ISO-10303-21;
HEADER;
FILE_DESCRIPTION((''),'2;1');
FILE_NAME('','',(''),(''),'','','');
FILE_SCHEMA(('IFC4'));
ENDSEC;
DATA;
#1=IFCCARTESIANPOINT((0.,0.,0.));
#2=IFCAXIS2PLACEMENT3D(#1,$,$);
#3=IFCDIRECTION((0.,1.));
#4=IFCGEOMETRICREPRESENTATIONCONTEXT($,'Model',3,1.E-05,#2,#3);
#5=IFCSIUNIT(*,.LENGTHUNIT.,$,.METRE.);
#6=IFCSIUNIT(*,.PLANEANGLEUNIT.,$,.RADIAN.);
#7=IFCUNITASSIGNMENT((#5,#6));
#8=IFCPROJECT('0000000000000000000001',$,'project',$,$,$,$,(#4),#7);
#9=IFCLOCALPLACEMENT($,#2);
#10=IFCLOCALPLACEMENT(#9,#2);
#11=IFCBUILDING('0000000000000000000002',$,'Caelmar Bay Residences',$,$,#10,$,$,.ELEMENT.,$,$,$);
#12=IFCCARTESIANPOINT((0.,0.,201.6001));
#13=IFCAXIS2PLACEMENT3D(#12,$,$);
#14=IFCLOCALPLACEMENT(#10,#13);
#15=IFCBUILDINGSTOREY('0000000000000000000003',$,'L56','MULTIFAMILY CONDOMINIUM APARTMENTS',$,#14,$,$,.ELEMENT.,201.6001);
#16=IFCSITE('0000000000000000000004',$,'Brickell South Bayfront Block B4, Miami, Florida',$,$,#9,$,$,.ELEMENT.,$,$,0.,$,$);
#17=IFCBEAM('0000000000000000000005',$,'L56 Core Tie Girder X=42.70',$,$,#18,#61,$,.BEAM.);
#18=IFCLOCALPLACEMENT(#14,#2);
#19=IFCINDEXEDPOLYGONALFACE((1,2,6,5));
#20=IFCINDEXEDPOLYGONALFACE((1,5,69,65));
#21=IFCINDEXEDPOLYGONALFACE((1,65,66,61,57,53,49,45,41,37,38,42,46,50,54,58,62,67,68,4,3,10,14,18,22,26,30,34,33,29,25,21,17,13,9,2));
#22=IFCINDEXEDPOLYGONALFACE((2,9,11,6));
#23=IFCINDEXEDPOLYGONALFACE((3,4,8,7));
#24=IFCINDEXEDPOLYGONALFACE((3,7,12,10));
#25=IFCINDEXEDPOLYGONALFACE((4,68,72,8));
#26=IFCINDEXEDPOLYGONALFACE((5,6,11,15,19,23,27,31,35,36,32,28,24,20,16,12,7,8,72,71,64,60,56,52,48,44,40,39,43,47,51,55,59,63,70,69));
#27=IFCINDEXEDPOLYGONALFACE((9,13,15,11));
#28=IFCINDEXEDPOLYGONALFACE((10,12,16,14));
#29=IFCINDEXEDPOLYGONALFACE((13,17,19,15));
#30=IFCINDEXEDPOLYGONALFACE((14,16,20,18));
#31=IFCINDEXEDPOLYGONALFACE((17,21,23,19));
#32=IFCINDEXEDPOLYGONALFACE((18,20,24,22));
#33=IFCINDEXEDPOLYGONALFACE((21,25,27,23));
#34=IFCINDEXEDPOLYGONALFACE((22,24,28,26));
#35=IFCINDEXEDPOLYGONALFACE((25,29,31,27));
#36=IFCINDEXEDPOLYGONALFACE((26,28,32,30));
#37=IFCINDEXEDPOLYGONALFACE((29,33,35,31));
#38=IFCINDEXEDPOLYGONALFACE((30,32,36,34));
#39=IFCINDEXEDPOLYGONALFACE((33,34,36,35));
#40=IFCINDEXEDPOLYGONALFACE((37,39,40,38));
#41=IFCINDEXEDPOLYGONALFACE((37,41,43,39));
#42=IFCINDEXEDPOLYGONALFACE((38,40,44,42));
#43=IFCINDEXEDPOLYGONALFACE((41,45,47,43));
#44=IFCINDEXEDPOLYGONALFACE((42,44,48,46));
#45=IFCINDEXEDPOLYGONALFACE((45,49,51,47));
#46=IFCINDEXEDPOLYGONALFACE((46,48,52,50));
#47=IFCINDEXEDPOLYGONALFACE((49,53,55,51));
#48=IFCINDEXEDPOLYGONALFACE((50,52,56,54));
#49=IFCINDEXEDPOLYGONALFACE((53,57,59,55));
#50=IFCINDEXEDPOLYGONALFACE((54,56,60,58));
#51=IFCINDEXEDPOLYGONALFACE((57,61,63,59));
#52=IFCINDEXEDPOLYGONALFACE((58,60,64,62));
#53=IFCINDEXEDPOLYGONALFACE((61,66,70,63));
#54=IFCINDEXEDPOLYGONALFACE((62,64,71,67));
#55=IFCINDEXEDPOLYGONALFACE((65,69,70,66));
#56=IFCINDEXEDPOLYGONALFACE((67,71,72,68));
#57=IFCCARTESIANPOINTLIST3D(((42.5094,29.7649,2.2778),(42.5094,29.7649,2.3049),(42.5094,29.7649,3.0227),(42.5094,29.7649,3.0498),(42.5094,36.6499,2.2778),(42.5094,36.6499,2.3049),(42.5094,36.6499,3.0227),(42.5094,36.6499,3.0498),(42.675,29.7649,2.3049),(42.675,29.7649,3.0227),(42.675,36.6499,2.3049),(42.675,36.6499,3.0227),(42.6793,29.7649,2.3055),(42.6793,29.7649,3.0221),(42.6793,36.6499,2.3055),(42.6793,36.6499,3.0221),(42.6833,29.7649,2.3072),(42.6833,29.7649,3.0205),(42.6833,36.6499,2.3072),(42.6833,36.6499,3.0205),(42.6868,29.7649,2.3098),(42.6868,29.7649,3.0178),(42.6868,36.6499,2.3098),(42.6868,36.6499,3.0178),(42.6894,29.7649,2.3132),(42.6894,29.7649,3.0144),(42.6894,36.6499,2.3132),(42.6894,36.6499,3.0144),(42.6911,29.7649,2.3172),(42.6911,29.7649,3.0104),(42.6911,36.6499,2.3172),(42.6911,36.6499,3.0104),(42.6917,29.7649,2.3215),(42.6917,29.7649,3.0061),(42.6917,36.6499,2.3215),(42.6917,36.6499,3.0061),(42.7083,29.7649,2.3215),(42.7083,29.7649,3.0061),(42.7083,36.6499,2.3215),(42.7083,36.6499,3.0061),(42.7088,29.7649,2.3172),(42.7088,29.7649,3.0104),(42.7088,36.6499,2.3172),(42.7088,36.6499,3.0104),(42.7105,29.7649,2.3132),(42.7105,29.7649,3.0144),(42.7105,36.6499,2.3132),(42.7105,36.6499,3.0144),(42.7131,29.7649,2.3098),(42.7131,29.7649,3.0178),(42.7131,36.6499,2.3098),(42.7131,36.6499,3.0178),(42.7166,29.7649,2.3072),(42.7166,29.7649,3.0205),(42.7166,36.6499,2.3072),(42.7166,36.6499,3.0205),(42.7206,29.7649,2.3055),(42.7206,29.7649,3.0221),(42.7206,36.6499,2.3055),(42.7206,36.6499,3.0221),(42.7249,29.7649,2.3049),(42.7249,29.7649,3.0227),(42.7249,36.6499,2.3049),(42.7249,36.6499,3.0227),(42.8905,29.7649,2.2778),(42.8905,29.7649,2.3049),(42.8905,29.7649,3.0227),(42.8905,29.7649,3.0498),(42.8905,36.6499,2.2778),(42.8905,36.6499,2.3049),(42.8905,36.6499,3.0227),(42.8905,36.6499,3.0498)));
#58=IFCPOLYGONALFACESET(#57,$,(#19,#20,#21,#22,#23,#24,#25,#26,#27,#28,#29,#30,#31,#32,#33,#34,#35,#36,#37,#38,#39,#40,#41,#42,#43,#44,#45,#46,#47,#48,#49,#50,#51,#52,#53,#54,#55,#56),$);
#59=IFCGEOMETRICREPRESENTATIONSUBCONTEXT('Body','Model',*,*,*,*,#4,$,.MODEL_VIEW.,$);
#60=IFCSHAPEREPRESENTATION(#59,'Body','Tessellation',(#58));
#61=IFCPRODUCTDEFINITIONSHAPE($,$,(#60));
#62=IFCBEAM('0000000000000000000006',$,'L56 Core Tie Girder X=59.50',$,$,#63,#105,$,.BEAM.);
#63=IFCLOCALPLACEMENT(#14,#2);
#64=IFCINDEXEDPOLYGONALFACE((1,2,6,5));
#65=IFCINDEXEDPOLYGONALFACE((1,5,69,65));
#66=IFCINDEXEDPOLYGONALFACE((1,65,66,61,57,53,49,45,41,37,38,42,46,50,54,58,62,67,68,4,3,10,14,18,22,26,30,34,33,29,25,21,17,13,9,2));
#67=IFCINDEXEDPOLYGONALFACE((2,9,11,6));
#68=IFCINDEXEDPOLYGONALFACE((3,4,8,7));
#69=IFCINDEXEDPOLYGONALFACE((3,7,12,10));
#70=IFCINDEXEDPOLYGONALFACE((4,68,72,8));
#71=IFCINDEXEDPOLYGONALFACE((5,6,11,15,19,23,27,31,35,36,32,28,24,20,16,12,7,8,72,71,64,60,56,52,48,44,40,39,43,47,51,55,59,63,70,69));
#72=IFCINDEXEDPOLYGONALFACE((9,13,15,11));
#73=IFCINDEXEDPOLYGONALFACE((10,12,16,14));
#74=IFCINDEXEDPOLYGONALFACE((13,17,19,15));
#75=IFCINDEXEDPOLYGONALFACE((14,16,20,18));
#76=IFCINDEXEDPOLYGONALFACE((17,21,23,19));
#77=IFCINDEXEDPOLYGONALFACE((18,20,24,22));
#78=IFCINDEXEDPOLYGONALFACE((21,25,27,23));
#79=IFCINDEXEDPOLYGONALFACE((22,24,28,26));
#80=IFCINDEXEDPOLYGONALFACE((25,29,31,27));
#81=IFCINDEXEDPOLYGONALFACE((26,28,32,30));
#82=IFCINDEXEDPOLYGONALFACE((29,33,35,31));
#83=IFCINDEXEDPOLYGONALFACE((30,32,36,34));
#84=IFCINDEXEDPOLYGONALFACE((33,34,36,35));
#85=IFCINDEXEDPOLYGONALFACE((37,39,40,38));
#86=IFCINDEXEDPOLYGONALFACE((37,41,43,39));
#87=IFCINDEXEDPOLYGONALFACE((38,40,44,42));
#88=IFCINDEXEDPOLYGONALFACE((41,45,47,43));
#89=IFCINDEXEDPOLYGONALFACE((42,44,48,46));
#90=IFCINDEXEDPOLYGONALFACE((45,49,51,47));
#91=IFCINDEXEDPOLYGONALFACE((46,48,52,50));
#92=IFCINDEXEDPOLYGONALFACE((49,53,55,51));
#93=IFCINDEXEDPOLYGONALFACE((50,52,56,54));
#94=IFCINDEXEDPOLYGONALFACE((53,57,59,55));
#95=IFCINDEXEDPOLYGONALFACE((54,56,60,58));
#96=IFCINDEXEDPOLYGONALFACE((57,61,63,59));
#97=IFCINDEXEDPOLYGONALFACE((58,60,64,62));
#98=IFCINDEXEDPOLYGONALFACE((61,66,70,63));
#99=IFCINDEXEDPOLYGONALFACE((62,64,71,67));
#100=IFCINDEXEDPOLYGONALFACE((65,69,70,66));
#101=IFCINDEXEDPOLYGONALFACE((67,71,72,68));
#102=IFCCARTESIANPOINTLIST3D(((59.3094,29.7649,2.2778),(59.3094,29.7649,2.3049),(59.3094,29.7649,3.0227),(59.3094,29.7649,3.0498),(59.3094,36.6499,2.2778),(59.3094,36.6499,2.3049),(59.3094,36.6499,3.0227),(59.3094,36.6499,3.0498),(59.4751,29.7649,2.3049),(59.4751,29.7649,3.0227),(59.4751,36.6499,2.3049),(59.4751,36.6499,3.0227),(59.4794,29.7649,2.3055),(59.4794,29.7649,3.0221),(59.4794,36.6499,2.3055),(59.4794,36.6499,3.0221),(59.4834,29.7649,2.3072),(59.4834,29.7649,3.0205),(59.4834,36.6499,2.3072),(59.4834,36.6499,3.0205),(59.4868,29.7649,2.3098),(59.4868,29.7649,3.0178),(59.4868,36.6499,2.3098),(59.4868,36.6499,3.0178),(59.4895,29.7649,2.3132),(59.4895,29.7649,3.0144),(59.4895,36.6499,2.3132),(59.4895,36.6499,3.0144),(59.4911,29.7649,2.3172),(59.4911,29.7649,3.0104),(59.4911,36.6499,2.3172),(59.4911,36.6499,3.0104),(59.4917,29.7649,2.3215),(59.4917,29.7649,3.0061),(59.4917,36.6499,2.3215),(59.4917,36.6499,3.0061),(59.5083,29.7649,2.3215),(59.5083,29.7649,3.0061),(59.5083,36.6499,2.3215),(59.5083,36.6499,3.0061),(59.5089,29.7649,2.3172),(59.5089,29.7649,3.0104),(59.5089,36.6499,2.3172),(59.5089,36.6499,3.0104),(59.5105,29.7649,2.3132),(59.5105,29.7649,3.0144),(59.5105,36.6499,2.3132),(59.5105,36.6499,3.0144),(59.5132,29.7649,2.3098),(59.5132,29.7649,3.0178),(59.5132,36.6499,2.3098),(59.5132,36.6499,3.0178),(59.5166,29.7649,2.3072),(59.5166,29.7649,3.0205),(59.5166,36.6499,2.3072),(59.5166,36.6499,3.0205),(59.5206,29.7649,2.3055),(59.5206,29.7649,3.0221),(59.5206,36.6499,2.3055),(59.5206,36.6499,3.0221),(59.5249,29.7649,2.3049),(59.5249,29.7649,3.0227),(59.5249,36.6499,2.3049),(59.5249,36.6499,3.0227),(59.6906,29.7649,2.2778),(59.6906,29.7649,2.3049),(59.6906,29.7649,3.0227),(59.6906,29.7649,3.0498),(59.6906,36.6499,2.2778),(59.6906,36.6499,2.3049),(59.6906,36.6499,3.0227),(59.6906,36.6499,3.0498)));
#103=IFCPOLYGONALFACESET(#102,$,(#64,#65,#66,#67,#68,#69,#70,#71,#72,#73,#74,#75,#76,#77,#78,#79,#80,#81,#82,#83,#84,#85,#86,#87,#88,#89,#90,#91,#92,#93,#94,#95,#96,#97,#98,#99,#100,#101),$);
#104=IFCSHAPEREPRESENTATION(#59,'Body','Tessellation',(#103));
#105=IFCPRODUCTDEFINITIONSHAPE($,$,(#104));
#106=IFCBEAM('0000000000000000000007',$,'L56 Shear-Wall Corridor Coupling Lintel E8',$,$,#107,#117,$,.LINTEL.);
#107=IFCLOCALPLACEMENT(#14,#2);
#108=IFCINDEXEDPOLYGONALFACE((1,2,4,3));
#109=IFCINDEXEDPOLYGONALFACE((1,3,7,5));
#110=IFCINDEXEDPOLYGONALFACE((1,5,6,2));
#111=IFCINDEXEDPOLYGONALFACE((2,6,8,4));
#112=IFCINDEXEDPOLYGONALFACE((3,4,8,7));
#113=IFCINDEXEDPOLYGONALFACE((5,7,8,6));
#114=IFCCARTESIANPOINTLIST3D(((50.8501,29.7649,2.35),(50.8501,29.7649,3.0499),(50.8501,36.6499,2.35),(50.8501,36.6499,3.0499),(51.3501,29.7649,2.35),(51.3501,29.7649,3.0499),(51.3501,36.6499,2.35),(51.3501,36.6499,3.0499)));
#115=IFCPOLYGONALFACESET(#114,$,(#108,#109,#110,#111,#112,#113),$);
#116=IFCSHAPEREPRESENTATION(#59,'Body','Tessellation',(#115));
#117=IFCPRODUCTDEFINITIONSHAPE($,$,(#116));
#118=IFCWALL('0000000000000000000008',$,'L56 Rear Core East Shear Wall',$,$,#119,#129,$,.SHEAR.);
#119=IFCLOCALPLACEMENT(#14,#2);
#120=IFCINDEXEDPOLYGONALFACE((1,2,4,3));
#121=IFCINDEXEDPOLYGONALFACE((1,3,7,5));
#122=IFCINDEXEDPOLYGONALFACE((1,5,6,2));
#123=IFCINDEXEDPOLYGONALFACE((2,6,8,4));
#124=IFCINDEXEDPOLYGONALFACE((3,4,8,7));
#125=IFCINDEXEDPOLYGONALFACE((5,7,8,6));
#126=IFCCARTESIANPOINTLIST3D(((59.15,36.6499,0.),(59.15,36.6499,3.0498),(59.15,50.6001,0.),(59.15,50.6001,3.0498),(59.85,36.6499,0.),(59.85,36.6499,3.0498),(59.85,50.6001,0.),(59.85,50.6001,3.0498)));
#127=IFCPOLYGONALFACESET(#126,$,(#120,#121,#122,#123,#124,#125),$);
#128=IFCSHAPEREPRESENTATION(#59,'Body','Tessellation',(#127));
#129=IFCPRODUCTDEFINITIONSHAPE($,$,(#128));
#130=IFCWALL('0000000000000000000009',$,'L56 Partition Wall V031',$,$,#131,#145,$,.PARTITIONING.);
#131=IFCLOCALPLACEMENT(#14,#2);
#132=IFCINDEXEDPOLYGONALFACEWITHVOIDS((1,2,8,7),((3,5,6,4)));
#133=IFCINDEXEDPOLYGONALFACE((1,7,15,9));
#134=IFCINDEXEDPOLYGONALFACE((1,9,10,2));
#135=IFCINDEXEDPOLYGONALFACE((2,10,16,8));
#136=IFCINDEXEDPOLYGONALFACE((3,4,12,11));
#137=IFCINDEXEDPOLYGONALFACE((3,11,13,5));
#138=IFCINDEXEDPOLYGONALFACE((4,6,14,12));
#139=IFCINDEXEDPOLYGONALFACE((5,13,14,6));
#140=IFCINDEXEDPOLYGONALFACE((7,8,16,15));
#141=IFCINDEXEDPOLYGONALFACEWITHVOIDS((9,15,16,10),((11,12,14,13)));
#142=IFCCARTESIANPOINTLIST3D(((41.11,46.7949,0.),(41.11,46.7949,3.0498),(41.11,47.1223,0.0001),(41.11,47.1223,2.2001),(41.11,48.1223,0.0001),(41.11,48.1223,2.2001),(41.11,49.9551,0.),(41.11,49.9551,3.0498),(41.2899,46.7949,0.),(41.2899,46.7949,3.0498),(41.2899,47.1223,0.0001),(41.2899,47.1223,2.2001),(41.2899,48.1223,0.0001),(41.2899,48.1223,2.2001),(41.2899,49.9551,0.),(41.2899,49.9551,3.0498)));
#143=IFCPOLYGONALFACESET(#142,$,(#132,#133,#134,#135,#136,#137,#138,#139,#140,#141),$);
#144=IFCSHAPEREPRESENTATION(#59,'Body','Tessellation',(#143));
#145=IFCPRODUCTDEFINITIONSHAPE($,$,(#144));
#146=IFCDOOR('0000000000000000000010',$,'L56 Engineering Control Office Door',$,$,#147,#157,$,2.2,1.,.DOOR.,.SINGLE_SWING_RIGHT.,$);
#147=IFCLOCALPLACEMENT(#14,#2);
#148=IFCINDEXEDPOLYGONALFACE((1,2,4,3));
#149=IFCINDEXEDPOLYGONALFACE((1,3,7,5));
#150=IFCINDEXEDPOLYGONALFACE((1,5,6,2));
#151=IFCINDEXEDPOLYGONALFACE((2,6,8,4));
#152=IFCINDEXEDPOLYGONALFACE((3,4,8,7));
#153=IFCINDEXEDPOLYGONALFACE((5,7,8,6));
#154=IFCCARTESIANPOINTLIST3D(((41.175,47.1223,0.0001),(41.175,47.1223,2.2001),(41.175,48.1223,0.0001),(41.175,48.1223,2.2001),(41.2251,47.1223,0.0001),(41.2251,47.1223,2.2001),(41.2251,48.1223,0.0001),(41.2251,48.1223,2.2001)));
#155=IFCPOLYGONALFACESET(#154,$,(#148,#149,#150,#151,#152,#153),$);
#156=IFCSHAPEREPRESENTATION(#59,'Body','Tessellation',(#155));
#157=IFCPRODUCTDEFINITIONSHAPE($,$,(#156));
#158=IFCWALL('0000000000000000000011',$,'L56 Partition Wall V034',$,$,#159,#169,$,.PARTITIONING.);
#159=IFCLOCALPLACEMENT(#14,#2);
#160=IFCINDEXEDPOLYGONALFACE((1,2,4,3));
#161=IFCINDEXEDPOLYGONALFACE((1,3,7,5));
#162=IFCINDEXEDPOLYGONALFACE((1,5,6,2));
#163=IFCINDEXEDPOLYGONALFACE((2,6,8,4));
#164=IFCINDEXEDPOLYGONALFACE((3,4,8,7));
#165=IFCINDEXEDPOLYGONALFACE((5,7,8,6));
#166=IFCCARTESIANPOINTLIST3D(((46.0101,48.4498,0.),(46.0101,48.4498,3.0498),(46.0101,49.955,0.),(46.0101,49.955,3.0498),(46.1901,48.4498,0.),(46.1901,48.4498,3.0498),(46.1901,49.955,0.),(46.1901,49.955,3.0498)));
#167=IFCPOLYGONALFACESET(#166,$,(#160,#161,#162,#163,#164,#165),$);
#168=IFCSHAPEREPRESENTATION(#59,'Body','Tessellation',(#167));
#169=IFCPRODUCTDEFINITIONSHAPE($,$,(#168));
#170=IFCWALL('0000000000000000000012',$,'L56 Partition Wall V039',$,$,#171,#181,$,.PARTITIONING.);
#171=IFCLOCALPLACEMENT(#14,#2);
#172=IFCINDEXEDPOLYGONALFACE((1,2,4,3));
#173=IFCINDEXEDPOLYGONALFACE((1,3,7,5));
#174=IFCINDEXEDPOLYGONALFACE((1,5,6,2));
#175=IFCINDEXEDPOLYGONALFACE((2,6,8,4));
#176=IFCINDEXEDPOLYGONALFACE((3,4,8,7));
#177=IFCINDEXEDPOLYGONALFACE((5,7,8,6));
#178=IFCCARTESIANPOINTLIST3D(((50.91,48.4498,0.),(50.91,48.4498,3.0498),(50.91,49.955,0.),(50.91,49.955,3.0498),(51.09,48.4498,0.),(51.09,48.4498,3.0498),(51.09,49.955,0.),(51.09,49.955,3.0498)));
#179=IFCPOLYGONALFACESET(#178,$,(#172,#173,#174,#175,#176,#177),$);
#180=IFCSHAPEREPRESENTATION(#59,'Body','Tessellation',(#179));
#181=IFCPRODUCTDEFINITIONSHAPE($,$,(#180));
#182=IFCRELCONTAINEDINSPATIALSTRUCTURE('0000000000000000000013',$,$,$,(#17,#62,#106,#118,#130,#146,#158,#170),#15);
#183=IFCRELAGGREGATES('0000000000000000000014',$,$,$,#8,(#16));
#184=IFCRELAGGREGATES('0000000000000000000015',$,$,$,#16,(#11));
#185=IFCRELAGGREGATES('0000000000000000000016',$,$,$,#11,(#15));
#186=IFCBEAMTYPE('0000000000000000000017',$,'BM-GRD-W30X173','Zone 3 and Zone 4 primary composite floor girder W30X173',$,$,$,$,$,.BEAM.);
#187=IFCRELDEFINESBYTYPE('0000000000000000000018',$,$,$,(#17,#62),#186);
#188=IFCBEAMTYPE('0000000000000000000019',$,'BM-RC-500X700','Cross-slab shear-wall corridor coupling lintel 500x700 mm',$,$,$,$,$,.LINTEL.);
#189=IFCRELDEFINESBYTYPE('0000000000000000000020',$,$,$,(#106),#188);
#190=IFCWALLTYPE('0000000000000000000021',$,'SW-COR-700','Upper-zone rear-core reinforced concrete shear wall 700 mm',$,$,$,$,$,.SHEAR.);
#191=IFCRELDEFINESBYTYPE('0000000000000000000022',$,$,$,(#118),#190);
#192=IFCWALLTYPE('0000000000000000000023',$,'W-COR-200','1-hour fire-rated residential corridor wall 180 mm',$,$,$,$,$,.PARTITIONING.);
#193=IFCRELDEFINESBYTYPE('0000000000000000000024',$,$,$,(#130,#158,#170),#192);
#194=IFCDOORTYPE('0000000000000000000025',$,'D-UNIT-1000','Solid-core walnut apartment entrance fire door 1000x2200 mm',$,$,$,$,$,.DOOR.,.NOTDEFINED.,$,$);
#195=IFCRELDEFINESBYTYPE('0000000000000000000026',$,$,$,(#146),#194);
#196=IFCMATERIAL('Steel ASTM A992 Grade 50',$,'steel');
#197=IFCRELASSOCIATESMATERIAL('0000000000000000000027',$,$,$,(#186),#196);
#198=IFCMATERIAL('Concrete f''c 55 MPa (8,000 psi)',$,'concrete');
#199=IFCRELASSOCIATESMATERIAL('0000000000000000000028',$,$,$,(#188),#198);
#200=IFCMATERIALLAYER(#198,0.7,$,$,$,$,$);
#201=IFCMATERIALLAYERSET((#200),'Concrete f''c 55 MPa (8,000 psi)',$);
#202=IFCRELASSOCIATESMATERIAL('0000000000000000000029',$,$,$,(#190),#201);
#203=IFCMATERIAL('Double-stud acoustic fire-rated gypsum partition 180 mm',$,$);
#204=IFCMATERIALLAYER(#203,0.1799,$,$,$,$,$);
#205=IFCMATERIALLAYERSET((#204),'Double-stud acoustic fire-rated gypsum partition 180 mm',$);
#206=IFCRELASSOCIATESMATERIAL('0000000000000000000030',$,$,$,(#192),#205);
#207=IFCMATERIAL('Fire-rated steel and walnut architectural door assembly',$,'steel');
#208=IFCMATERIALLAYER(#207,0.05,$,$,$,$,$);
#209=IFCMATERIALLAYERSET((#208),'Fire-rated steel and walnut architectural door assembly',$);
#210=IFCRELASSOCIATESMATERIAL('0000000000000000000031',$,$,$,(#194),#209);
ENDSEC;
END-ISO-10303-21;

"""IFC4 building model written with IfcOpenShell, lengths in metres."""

from ifc_helpers import new_model, si_unit, direction, frame, frame_2d, origin, origin_2d, place, context, subcontext, project, spatial, rectangle, i_section, extrude, material, layer, layer_set, material_profile, profile_set, type_object, element, fill, save


model = new_model("IFC4")

# Units and contexts
model_context = context("Model", 3, precision=1e-05, world=origin(), true_north=direction((0.0, 1.0)))
body_context = subcontext(model_context, "Body", "Model", "MODEL_VIEW")
ifc_project = project(units=[si_unit("LENGTHUNIT", "METRE"), si_unit("PLANEANGLEUNIT", "RADIAN")], contexts=[model_context])

# Site, building, storey
site_placement = place(None, origin())
site = spatial("IfcSite", under=ifc_project, at=site_placement, Name="Brickell South Bayfront Block B4, Miami, Florida", CompositionType="ELEMENT", RefElevation=0.0)
building_placement = place(site_placement, origin())
building = spatial("IfcBuilding", under=site, at=building_placement, Name="Caelmar Bay Residences", CompositionType="ELEMENT")
storey_placement = place(building_placement, frame((0.0, 0.0, 201.6001)))
storey = spatial("IfcBuildingStorey", under=building, at=storey_placement, Name="L56", Description="MULTIFAMILY CONDOMINIUM APARTMENTS", CompositionType="ELEMENT", Elevation=201.6001)

# Beams
ifc_material_1 = material(Name="Steel ASTM A992 Grade 50", Category="steel")
ifc_material_profile_1 = material_profile(ifc_material_1, i_section(OverallWidth=0.3811, OverallDepth=0.772, WebThickness=0.0166, FlangeThickness=0.0271, FilletRadius=0.0166, at=origin_2d()), Name="W30X173")
ifc_profile_set_1 = profile_set([ifc_material_profile_1], Name="Steel ASTM A992 Grade 50")
beam_type_1 = type_object("IfcBeamType", Name="BM-GRD-W30X173", Description="Zone 3 and Zone 4 primary composite floor girder W30X173", PredefinedType="BEAM", material=ifc_profile_set_1)
for number, where, z_axis, x_axis, name in (
    (1, (42.7, 29.7649, 2.6638), (0.0, 1.0, 0.0), (-1.0, 0.0, 0.0), "L56 Core Tie Girder X=42.70"),
    (2, (59.5, 29.7649, 2.6638), (0.0, 1.0, 0.0), (-1.0, 0.0, 0.0), "L56 Core Tie Girder X=59.50"),
):
    element("IfcBeam", number, at=place(storey_placement, frame(where, z_axis=z_axis, x_axis=x_axis)), inside=storey, type_object=beam_type_1, Name=name, PredefinedType="BEAM", context=body_context, shape_type="SweptSolid", body=[
        extrude(i_section(OverallWidth=0.3811, OverallDepth=0.772, WebThickness=0.0166, FlangeThickness=0.0271, FilletRadius=0.0166, at=origin_2d()), origin(), (0.0, 0.0, 1.0), 6.885),
    ])
ifc_material_2 = material(Name="Concrete f'c 55 MPa (8,000 psi)", Category="concrete")
ifc_material_profile_2 = material_profile(ifc_material_2, rectangle(XDim=0.5, YDim=0.7, at=origin_2d()), Name="RC-BM-500X700")
ifc_profile_set_2 = profile_set([ifc_material_profile_2], Name="Concrete f'c 55 MPa (8,000 psi)")
beam_type_2 = type_object("IfcBeamType", Name="BM-RC-500X700", Description="Cross-slab shear-wall corridor coupling lintel 500x700 mm", PredefinedType="LINTEL", material=ifc_profile_set_2)
beam_placement = place(storey_placement, frame((51.1001, 29.7649, 2.7), z_axis=(0.0, 1.0, 0.0), x_axis=(-1.0, 0.0, 0.0)))
element("IfcBeam", 3, at=beam_placement, inside=storey, type_object=beam_type_2, Name="L56 Shear-Wall Corridor Coupling Lintel E8", PredefinedType="LINTEL", context=body_context, shape_type="SweptSolid", body=[
    extrude(rectangle(XDim=0.5, YDim=0.7, at=origin_2d()), origin(), (0.0, 0.0, 1.0), 6.885),
])

# Wall
ifc_layer_1 = layer(ifc_material_2, 0.7)
ifc_layer_set_1 = layer_set([ifc_layer_1], Name="Concrete f'c 55 MPa (8,000 psi)")
wall_type_1 = type_object("IfcWallType", Name="SW-COR-700", Description="Upper-zone rear-core reinforced concrete shear wall 700 mm", PredefinedType="SHEAR", material=ifc_layer_set_1)
wall_1_placement = place(storey_placement, frame((59.5, 36.6499, 0.0), z_axis=(0.0, 0.0, 1.0), x_axis=(0.0, 1.0, 0.0)))
element("IfcWall", 4, at=wall_1_placement, inside=storey, type_object=wall_type_1, Name="L56 Rear Core East Shear Wall", PredefinedType="SHEAR", context=body_context, shape_type="SweptSolid", body=[
    extrude(rectangle(XDim=13.9502, YDim=0.7, at=frame_2d((6.9751, 0.0))), origin(), (0.0, 0.0, 1.0), 3.0498),
])

# Wall, opening, door
ifc_material_3 = material(Name="Fire-rated steel and walnut architectural door assembly", Category="steel")
ifc_material_4 = material(Name="Double-stud acoustic fire-rated gypsum partition 180 mm")
ifc_layer_2 = layer(ifc_material_4, 0.1799)
ifc_layer_set_2 = layer_set([ifc_layer_2], Name="Double-stud acoustic fire-rated gypsum partition 180 mm")
wall_type_2 = type_object("IfcWallType", Name="W-COR-200", Description="1-hour fire-rated residential corridor wall 180 mm", PredefinedType="PARTITIONING", material=ifc_layer_set_2)
wall_2_placement = place(storey_placement, frame((41.2, 46.7949, 0.0), z_axis=(0.0, 0.0, 1.0), x_axis=(0.0, 1.0, 0.0)))
wall_2 = element("IfcWall", 5, at=wall_2_placement, inside=storey, type_object=wall_type_2, Name="L56 Partition Wall V031", PredefinedType="PARTITIONING", context=body_context, shape_type="SweptSolid", body=[
    extrude(rectangle(XDim=3.1602, YDim=0.1799, at=frame_2d((1.5801, 0.0))), origin(), (0.0, 0.0, 1.0), 3.0498),
])
opening_1_placement = place(wall_2_placement, frame((0.3274, 0.0, 0.0)))
opening_1 = element("IfcOpeningElement", 6, at=opening_1_placement, cuts=wall_2, PredefinedType="OPENING", context=body_context, shape_type="SweptSolid", body=[
    extrude(rectangle(XDim=1.0, YDim=2.2, at=frame_2d((0.5, 1.1001))), frame((0.0, 0.0999, 0.0), z_axis=(0.0, -1.0, 0.0), x_axis=(1.0, 0.0, 0.0)), (0.0, 0.0, 1.0), 0.2),
])
ifc_layer_3 = layer(ifc_material_3, 0.05)
ifc_layer_set_3 = layer_set([ifc_layer_3], Name="Fire-rated steel and walnut architectural door assembly")
door_type_1 = type_object("IfcDoorType", Name="D-UNIT-1000", Description="Solid-core walnut apartment entrance fire door 1000x2200 mm", OperationType="NOTDEFINED", PredefinedType="DOOR", material=ifc_layer_set_3)
door_1_placement = place(opening_1_placement, origin())
door_1 = element("IfcDoor", 7, at=door_1_placement, inside=storey, type_object=door_type_1, Name="L56 Engineering Control Office Door", OperationType="SINGLE_SWING_RIGHT", OverallHeight=2.2, OverallWidth=1.0, PredefinedType="DOOR", context=body_context, shape_type="SweptSolid", body=[
    extrude(rectangle(XDim=1.0, YDim=2.2, at=frame_2d((0.5, 1.1001))), frame((0.0, 0.0249, 0.0), z_axis=(0.0, -1.0, 0.0), x_axis=(1.0, 0.0, 0.0)), (0.0, 0.0, 1.0), 0.05),
])
fill(opening_1, door_1)

# Walls
for number, where, z_axis, x_axis, name in (
    (8, (46.1001, 48.45, 0.0), (0.0, 0.0, 1.0), (0.0, 1.0, 0.0), "L56 Partition Wall V034"),
    (9, (51.0, 48.45, 0.0), (0.0, 0.0, 1.0), (0.0, 1.0, 0.0), "L56 Partition Wall V039"),
):
    element("IfcWall", number, at=place(storey_placement, frame(where, z_axis=z_axis, x_axis=x_axis)), inside=storey, type_object=wall_type_2, Name=name, PredefinedType="PARTITIONING", context=body_context, shape_type="SweptSolid", body=[
        extrude(rectangle(XDim=1.5051, YDim=0.1799, at=frame_2d((0.7524, 0.0))), origin(), (0.0, 0.0, 1.0), 3.0498),
    ])

save(model, "model.ifc")
